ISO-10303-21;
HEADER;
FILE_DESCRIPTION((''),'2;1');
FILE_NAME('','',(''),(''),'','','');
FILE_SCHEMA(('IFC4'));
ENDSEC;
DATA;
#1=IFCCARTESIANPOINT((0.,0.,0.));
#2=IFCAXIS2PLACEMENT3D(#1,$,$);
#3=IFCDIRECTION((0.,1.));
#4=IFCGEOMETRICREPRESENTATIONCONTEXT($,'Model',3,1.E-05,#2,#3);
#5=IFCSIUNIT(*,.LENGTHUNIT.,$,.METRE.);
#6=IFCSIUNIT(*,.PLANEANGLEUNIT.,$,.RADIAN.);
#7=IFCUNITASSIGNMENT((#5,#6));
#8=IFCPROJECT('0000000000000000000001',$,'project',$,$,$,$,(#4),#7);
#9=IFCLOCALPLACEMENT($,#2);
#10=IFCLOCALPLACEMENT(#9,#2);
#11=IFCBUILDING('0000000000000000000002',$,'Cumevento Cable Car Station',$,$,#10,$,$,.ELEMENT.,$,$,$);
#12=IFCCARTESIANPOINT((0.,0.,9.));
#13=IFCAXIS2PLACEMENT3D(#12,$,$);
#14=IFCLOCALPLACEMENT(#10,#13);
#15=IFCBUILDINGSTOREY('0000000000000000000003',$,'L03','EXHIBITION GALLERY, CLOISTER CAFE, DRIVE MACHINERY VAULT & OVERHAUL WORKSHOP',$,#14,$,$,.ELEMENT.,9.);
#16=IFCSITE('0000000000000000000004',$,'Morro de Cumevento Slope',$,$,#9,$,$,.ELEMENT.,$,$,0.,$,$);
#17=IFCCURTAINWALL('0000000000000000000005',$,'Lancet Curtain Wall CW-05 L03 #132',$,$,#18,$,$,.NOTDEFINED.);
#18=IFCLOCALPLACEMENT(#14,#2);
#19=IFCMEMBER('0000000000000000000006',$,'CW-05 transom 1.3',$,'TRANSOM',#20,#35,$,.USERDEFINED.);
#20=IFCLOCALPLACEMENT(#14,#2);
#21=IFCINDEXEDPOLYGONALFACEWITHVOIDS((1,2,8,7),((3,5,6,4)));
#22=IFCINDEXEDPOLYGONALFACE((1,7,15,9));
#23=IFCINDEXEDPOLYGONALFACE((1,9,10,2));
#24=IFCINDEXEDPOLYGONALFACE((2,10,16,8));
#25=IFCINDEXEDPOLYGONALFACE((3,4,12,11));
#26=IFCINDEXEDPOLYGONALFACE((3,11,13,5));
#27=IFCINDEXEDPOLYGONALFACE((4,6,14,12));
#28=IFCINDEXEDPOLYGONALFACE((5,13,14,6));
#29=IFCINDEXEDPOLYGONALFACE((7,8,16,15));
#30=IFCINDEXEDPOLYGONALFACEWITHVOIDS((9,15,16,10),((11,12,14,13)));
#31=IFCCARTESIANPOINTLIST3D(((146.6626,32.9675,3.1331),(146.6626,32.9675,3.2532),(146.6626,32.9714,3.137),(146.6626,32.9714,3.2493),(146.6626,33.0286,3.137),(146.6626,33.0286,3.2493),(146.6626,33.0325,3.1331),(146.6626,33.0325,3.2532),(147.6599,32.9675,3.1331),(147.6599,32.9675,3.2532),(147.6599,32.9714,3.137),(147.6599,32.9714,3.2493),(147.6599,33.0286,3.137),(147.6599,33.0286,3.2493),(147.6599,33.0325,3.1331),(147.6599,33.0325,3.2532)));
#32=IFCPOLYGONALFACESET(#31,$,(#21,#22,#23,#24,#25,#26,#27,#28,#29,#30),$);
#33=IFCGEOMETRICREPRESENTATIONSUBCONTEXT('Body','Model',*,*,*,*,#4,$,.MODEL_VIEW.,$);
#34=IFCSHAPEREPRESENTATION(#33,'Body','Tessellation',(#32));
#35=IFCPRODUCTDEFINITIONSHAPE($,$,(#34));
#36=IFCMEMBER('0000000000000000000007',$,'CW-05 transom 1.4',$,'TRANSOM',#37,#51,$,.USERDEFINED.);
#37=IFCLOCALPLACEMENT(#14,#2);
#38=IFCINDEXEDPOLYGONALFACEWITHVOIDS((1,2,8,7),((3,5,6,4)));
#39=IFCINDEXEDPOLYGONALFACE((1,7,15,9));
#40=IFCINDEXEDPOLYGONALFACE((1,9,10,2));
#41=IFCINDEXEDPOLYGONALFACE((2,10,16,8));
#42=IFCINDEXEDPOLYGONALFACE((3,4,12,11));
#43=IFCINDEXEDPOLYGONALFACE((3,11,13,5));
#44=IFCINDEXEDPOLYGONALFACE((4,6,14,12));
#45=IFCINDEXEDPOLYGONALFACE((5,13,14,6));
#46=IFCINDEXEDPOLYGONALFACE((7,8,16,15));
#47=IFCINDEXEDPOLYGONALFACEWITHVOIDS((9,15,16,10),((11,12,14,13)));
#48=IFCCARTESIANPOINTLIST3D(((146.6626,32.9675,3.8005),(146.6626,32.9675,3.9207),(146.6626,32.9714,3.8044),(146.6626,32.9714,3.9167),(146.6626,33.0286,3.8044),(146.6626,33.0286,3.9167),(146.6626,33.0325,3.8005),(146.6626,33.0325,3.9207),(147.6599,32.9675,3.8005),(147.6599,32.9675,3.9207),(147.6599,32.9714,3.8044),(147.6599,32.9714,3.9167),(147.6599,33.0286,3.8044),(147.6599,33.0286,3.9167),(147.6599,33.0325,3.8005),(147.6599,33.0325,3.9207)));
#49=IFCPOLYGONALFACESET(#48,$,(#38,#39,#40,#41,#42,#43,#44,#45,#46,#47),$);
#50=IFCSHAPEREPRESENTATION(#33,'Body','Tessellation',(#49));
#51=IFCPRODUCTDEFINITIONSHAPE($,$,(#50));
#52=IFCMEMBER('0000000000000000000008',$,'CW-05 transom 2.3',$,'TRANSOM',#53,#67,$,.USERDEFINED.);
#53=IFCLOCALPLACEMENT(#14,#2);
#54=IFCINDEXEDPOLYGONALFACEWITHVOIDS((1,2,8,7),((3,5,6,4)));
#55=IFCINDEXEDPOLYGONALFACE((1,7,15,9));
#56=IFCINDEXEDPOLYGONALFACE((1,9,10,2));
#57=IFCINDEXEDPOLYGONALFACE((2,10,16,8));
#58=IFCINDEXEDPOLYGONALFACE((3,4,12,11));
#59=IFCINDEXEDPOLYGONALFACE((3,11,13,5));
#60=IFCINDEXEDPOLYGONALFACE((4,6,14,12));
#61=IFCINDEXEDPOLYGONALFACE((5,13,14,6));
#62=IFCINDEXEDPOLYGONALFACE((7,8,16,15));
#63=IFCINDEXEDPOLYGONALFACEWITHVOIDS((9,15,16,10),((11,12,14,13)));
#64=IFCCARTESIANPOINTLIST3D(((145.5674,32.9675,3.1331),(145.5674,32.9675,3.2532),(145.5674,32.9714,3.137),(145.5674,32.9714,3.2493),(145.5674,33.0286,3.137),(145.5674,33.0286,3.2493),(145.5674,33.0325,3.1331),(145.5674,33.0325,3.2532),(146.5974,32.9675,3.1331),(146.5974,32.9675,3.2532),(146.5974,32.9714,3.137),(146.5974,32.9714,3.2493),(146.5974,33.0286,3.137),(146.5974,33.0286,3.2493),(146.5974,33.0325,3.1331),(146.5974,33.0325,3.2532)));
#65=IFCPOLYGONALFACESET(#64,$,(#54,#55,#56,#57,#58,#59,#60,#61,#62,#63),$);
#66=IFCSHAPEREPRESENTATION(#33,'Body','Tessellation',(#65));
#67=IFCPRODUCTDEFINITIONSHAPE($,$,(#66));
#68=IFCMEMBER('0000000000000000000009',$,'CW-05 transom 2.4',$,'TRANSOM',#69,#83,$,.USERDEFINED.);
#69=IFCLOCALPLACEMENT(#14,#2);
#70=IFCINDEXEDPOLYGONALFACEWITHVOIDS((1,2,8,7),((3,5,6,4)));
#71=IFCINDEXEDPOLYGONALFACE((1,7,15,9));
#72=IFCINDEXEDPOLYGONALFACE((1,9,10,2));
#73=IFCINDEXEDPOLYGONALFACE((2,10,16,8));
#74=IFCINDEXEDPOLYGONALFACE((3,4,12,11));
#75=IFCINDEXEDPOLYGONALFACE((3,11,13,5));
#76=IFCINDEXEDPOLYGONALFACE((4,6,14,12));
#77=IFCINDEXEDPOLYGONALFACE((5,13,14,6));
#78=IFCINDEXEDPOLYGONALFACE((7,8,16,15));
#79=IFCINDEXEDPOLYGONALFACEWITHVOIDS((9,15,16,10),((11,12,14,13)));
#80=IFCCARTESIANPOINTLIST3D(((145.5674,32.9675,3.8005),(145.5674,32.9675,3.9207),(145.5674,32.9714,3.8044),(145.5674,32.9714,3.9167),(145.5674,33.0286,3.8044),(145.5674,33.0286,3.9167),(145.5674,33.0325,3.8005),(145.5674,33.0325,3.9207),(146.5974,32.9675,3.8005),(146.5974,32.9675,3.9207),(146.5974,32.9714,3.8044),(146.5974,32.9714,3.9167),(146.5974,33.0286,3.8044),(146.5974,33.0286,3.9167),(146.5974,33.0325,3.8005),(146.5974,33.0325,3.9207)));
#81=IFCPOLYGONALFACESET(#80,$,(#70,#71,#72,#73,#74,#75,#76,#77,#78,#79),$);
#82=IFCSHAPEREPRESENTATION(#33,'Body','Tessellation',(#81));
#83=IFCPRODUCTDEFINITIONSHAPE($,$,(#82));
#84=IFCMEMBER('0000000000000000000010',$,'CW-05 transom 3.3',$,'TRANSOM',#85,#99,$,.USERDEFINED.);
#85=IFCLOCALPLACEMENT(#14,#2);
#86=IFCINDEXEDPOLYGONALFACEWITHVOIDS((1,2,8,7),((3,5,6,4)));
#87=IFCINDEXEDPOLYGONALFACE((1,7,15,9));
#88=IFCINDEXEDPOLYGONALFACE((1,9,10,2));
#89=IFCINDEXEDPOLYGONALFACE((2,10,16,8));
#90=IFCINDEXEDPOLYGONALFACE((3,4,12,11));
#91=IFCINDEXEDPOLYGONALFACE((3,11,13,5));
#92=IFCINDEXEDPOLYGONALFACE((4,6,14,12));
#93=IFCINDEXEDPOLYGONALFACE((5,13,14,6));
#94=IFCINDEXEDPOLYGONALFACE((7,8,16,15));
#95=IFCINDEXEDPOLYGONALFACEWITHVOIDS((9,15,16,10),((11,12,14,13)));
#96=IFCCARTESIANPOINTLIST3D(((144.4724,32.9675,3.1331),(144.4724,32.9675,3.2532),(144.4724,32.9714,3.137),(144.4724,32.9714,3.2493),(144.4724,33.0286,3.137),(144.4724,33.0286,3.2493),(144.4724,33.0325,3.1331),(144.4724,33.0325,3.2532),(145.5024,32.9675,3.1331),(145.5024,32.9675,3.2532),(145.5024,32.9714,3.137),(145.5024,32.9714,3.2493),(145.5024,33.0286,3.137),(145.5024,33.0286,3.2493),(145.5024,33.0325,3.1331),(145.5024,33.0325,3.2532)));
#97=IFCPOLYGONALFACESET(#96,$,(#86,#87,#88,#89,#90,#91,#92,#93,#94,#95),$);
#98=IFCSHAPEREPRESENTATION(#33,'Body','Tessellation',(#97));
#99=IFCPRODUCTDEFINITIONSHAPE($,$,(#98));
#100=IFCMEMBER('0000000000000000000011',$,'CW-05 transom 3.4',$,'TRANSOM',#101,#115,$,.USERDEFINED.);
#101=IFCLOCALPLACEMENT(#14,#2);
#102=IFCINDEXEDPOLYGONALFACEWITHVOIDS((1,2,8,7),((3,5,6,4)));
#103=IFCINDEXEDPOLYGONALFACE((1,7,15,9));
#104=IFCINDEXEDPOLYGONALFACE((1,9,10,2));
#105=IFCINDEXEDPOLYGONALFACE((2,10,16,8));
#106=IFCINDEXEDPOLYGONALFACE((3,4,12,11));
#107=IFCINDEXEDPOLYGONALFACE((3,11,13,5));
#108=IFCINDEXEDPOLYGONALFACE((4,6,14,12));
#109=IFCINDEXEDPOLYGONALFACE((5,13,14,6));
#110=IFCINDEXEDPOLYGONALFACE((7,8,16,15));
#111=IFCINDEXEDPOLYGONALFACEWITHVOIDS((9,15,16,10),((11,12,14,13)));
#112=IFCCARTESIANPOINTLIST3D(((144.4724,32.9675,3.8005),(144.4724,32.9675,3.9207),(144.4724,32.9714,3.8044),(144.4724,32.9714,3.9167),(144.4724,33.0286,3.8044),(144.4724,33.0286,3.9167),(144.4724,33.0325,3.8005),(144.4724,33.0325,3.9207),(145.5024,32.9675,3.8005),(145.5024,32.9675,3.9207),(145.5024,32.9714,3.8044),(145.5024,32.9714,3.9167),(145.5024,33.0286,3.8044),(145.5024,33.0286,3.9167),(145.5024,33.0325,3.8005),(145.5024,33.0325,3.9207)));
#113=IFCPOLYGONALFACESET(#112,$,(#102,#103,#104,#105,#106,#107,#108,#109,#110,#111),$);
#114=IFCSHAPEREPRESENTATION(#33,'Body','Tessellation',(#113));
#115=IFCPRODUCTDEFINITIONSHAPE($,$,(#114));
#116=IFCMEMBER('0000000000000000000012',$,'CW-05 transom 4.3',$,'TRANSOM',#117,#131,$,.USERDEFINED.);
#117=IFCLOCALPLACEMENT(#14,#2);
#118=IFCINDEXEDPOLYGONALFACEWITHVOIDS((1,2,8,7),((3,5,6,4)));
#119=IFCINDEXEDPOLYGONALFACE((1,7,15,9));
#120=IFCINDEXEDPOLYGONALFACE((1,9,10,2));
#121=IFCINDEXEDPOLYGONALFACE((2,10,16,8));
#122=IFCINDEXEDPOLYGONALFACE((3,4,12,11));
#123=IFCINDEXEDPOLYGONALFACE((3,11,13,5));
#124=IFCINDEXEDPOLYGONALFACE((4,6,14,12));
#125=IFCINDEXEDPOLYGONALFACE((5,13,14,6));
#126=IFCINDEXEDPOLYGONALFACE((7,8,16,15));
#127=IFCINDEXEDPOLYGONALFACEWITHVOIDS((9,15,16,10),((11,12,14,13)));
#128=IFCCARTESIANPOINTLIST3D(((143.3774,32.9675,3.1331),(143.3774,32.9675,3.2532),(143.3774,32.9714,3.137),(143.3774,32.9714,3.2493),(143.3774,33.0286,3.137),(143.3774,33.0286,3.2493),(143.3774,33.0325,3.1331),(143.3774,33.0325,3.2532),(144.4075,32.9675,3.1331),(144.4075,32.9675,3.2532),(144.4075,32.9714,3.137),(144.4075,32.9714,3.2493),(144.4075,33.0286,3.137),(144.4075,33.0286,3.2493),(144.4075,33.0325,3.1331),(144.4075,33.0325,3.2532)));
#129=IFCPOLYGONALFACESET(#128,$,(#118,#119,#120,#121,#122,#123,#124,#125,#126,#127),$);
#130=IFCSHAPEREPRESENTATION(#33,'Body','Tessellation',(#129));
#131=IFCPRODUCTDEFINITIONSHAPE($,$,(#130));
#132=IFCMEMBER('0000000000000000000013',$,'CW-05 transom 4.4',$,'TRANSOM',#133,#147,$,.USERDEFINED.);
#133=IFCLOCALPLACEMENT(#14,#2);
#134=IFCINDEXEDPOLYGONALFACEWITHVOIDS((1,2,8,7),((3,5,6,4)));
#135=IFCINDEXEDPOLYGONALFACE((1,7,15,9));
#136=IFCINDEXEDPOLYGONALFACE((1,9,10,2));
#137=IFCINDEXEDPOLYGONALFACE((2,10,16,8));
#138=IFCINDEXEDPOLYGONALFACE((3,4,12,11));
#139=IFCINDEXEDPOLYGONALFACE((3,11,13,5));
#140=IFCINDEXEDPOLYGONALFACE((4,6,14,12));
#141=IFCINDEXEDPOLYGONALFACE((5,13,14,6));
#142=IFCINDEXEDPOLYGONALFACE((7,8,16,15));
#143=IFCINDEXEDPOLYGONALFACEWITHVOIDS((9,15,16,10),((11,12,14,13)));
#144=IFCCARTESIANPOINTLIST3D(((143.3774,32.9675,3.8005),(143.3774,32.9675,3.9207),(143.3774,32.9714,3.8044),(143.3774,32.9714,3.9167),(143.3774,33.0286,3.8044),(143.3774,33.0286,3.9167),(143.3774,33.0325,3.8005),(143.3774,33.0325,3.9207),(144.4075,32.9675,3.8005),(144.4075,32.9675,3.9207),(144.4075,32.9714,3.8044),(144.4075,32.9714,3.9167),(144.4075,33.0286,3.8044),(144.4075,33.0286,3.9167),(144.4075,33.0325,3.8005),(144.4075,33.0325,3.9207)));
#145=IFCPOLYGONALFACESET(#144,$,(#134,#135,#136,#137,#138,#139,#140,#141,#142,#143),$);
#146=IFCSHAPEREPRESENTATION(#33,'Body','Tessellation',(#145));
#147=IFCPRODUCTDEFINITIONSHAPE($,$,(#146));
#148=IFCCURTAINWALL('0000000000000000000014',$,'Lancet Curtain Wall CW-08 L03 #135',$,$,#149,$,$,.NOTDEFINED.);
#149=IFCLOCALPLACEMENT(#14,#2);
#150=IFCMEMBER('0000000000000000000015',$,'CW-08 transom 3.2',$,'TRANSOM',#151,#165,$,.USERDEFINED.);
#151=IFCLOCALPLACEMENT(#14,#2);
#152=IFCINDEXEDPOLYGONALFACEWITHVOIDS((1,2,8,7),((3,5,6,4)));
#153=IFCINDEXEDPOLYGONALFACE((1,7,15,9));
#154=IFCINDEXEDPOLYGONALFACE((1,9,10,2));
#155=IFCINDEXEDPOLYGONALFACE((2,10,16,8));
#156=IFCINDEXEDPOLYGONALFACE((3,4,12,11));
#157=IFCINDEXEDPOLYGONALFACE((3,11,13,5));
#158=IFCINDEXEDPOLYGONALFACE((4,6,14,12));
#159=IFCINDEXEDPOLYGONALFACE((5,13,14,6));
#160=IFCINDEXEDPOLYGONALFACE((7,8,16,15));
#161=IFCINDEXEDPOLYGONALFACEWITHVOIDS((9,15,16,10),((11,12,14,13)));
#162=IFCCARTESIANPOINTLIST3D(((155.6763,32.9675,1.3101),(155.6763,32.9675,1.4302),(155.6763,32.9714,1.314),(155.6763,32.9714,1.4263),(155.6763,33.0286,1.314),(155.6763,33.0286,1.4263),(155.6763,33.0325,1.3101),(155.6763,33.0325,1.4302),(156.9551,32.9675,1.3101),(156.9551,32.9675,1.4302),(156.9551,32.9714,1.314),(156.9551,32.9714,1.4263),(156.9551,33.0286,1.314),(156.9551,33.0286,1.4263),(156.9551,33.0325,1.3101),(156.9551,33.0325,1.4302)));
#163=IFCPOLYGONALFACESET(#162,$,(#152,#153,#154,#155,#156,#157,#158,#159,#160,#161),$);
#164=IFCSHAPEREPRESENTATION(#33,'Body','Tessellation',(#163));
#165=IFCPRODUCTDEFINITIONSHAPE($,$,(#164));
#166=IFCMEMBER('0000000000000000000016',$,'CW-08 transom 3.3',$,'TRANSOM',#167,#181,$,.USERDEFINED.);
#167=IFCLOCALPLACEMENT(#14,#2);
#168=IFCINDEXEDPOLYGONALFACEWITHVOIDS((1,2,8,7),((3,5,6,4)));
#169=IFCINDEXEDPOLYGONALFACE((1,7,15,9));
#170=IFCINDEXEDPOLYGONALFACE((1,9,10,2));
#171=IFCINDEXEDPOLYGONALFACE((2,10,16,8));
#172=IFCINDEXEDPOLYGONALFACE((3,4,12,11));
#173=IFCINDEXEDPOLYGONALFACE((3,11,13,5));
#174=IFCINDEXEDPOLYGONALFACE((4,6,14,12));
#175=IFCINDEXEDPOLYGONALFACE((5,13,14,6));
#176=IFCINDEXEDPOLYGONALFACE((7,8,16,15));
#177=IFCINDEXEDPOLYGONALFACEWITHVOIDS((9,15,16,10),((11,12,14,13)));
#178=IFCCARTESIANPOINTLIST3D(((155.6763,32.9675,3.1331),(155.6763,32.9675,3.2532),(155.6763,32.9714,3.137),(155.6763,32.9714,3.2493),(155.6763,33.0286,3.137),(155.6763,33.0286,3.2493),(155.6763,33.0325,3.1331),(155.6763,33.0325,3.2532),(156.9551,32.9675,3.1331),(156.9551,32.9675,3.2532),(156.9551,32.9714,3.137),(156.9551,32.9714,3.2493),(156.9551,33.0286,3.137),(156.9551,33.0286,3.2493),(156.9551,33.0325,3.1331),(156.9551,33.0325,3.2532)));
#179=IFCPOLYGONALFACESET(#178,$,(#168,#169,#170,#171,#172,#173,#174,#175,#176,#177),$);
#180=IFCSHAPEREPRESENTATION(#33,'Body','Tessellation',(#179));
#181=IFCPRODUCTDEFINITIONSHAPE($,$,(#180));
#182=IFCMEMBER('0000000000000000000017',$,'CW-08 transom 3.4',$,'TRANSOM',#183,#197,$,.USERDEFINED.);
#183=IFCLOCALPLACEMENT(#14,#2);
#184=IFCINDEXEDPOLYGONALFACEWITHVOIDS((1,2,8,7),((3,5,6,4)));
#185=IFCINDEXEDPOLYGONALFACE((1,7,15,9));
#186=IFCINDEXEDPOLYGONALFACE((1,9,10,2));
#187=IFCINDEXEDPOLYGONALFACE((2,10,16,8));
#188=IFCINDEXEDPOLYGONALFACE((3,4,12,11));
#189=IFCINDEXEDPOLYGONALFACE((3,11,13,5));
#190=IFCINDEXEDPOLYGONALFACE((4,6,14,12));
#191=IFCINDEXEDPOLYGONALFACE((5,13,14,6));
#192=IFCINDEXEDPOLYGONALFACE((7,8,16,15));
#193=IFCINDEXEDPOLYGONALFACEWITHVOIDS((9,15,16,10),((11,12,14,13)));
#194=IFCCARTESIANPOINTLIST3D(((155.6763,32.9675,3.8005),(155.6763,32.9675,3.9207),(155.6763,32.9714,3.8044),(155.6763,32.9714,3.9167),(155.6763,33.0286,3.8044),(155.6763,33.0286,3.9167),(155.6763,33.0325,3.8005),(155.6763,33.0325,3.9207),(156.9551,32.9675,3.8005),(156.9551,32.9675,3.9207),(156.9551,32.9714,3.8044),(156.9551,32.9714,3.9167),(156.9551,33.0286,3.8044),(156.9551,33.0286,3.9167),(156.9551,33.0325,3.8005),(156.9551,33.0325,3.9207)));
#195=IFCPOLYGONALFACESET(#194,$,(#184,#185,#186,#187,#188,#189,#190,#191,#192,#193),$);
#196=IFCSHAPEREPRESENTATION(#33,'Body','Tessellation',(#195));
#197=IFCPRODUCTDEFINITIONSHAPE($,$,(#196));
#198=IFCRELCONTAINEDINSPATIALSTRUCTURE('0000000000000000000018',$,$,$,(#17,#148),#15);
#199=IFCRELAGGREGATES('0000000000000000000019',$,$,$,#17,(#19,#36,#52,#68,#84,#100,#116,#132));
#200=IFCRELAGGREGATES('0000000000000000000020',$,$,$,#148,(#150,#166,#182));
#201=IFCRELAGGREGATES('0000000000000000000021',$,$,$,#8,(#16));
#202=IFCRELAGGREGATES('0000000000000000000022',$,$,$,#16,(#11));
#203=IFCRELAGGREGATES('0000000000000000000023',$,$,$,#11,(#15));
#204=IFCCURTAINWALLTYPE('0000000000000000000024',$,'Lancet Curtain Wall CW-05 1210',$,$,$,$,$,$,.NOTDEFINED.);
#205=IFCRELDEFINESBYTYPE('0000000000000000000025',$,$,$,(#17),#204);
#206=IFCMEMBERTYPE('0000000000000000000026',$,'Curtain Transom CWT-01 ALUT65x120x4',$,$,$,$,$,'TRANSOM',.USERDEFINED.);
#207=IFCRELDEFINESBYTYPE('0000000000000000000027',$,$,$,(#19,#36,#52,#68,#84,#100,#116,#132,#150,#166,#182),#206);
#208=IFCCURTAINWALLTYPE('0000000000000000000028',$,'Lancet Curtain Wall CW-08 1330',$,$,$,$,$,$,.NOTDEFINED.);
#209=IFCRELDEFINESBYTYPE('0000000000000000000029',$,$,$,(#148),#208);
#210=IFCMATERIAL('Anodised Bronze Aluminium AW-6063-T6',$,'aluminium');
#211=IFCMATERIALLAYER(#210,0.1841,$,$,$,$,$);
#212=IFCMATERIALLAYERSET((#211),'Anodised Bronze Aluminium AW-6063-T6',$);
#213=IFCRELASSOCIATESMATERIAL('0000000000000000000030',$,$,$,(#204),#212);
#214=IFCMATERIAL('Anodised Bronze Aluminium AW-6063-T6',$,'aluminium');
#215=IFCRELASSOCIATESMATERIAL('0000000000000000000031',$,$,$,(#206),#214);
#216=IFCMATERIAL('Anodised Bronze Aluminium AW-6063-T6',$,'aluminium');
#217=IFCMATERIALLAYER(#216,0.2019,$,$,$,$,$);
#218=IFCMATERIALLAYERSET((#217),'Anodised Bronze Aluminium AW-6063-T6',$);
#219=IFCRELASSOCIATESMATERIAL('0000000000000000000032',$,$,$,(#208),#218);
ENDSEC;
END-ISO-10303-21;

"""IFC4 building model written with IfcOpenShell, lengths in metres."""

from ifc_helpers import new_model, si_unit, direction, frame, origin, origin_2d, place, context, subcontext, project, spatial, hollow_rectangle, extrude, material, layer, layer_set, material_profile, profile_set, type_object, element, aggregate, save


model = new_model("IFC4")

# Units and contexts
model_context = context("Model", 3, precision=1e-05, world=origin(), true_north=direction((0.0, 1.0)))
body_context = subcontext(model_context, "Body", "Model", "MODEL_VIEW")
ifc_project = project(units=[si_unit("LENGTHUNIT", "METRE"), si_unit("PLANEANGLEUNIT", "RADIAN")], contexts=[model_context])

# Site, building, storey
site_placement = place(None, origin())
site = spatial("IfcSite", under=ifc_project, at=site_placement, Name="Morro de Cumevento Slope", CompositionType="ELEMENT", RefElevation=0.0)
building_placement = place(site_placement, origin())
building = spatial("IfcBuilding", under=site, at=building_placement, Name="Cumevento Cable Car Station", CompositionType="ELEMENT")
storey_placement = place(building_placement, frame((0.0, 0.0, 9.0)))
storey = spatial("IfcBuildingStorey", under=building, at=storey_placement, Name="L03", Description="EXHIBITION GALLERY, CLOISTER CAFE, DRIVE MACHINERY VAULT & OVERHAUL WORKSHOP", CompositionType="ELEMENT", Elevation=9.0)

# Curtain walls, members
ifc_material_1 = material(Name="Anodised Bronze Aluminium AW-6063-T6", Category="aluminium")
ifc_layer_1 = layer(ifc_material_1, 0.1841)
ifc_layer_set_1 = layer_set([ifc_layer_1], Name="Anodised Bronze Aluminium AW-6063-T6")
curtain_wall_type_1 = type_object("IfcCurtainWallType", Name="Lancet Curtain Wall CW-05 1210", PredefinedType="NOTDEFINED", material=ifc_layer_set_1)
curtain_wall_1_placement = place(storey_placement, origin())
curtain_wall_1 = element("IfcCurtainWall", 1, at=curtain_wall_1_placement, inside=storey, type_object=curtain_wall_type_1, Name="Lancet Curtain Wall CW-05 L03 #132", PredefinedType="NOTDEFINED")
ifc_material_2 = material(Name="Anodised Bronze Aluminium AW-6063-T6", Category="aluminium")
ifc_material_profile_1 = material_profile(ifc_material_2, hollow_rectangle(XDim=0.0649, YDim=0.1201, WallThickness=0.0039, at=origin_2d()), Name="ALUT65x120x4")
ifc_profile_set_1 = profile_set([ifc_material_profile_1], Name="Anodised Bronze Aluminium AW-6063-T6")
member_type = type_object("IfcMemberType", Name="Curtain Transom CWT-01 ALUT65x120x4", ElementType="TRANSOM", PredefinedType="USERDEFINED", material=ifc_profile_set_1)
member_1_placement = place(storey_placement, frame((147.6599, 33.0, 3.1931), z_axis=(-1.0, 0.0, 0.0), x_axis=(0.0, -1.0, 0.0)))
member_1 = element("IfcMember", 2, at=member_1_placement, type_object=member_type, Name="CW-05 transom 1.3", ObjectType="TRANSOM", PredefinedType="USERDEFINED", context=body_context, shape_type="SweptSolid", body=[
    extrude(hollow_rectangle(XDim=0.0649, YDim=0.1201, WallThickness=0.0039, at=origin_2d()), origin(), (0.0, 0.0, 1.0), 0.9973),
])
member_2_placement = place(storey_placement, frame((147.6599, 33.0, 3.8606), z_axis=(-1.0, 0.0, 0.0), x_axis=(0.0, -1.0, 0.0)))
member_2 = element("IfcMember", 3, at=member_2_placement, type_object=member_type, Name="CW-05 transom 1.4", ObjectType="TRANSOM", PredefinedType="USERDEFINED", context=body_context, shape_type="SweptSolid", body=[
    extrude(hollow_rectangle(XDim=0.0649, YDim=0.1201, WallThickness=0.0039, at=origin_2d()), origin(), (0.0, 0.0, 1.0), 0.9973),
])
member_3_placement = place(storey_placement, frame((146.5974, 33.0, 3.1931), z_axis=(-1.0, 0.0, 0.0), x_axis=(0.0, -1.0, 0.0)))
member_3 = element("IfcMember", 4, at=member_3_placement, type_object=member_type, Name="CW-05 transom 2.3", ObjectType="TRANSOM", PredefinedType="USERDEFINED", context=body_context, shape_type="SweptSolid", body=[
    extrude(hollow_rectangle(XDim=0.0649, YDim=0.1201, WallThickness=0.0039, at=origin_2d()), origin(), (0.0, 0.0, 1.0), 1.03),
])
member_4_placement = place(storey_placement, frame((146.5974, 33.0, 3.8606), z_axis=(-1.0, 0.0, 0.0), x_axis=(0.0, -1.0, 0.0)))
member_4 = element("IfcMember", 5, at=member_4_placement, type_object=member_type, Name="CW-05 transom 2.4", ObjectType="TRANSOM", PredefinedType="USERDEFINED", context=body_context, shape_type="SweptSolid", body=[
    extrude(hollow_rectangle(XDim=0.0649, YDim=0.1201, WallThickness=0.0039, at=origin_2d()), origin(), (0.0, 0.0, 1.0), 1.03),
])
member_5_placement = place(storey_placement, frame((145.5024, 33.0, 3.1931), z_axis=(-1.0, 0.0, 0.0), x_axis=(0.0, -1.0, 0.0)))
member_5 = element("IfcMember", 6, at=member_5_placement, type_object=member_type, Name="CW-05 transom 3.3", ObjectType="TRANSOM", PredefinedType="USERDEFINED", context=body_context, shape_type="SweptSolid", body=[
    extrude(hollow_rectangle(XDim=0.0649, YDim=0.1201, WallThickness=0.0039, at=origin_2d()), origin(), (0.0, 0.0, 1.0), 1.03),
])
member_6_placement = place(storey_placement, frame((145.5024, 33.0, 3.8606), z_axis=(-1.0, 0.0, 0.0), x_axis=(0.0, -1.0, 0.0)))
member_6 = element("IfcMember", 7, at=member_6_placement, type_object=member_type, Name="CW-05 transom 3.4", ObjectType="TRANSOM", PredefinedType="USERDEFINED", context=body_context, shape_type="SweptSolid", body=[
    extrude(hollow_rectangle(XDim=0.0649, YDim=0.1201, WallThickness=0.0039, at=origin_2d()), origin(), (0.0, 0.0, 1.0), 1.03),
])
member_7_placement = place(storey_placement, frame((144.4075, 33.0, 3.1931), z_axis=(-1.0, 0.0, 0.0), x_axis=(0.0, -1.0, 0.0)))
member_7 = element("IfcMember", 8, at=member_7_placement, type_object=member_type, Name="CW-05 transom 4.3", ObjectType="TRANSOM", PredefinedType="USERDEFINED", context=body_context, shape_type="SweptSolid", body=[
    extrude(hollow_rectangle(XDim=0.0649, YDim=0.1201, WallThickness=0.0039, at=origin_2d()), origin(), (0.0, 0.0, 1.0), 1.03),
])
member_8_placement = place(storey_placement, frame((144.4075, 33.0, 3.8606), z_axis=(-1.0, 0.0, 0.0), x_axis=(0.0, -1.0, 0.0)))
member_8 = element("IfcMember", 9, at=member_8_placement, type_object=member_type, Name="CW-05 transom 4.4", ObjectType="TRANSOM", PredefinedType="USERDEFINED", context=body_context, shape_type="SweptSolid", body=[
    extrude(hollow_rectangle(XDim=0.0649, YDim=0.1201, WallThickness=0.0039, at=origin_2d()), origin(), (0.0, 0.0, 1.0), 1.03),
])
ifc_material_3 = material(Name="Anodised Bronze Aluminium AW-6063-T6", Category="aluminium")
ifc_layer_2 = layer(ifc_material_3, 0.2019)
ifc_layer_set_2 = layer_set([ifc_layer_2], Name="Anodised Bronze Aluminium AW-6063-T6")
curtain_wall_type_2 = type_object("IfcCurtainWallType", Name="Lancet Curtain Wall CW-08 1330", PredefinedType="NOTDEFINED", material=ifc_layer_set_2)
curtain_wall_2_placement = place(storey_placement, origin())
curtain_wall_2 = element("IfcCurtainWall", 10, at=curtain_wall_2_placement, inside=storey, type_object=curtain_wall_type_2, Name="Lancet Curtain Wall CW-08 L03 #135", PredefinedType="NOTDEFINED")
member_9_placement = place(storey_placement, frame((156.9551, 33.0, 1.3701), z_axis=(-1.0, 0.0, 0.0), x_axis=(0.0, -1.0, 0.0)))
member_9 = element("IfcMember", 11, at=member_9_placement, type_object=member_type, Name="CW-08 transom 3.2", ObjectType="TRANSOM", PredefinedType="USERDEFINED", context=body_context, shape_type="SweptSolid", body=[
    extrude(hollow_rectangle(XDim=0.0649, YDim=0.1201, WallThickness=0.0039, at=origin_2d()), origin(), (0.0, 0.0, 1.0), 1.2788),
])
member_10_placement = place(storey_placement, frame((156.9551, 33.0, 3.1931), z_axis=(-1.0, 0.0, 0.0), x_axis=(0.0, -1.0, 0.0)))
member_10 = element("IfcMember", 12, at=member_10_placement, type_object=member_type, Name="CW-08 transom 3.3", ObjectType="TRANSOM", PredefinedType="USERDEFINED", context=body_context, shape_type="SweptSolid", body=[
    extrude(hollow_rectangle(XDim=0.0649, YDim=0.1201, WallThickness=0.0039, at=origin_2d()), origin(), (0.0, 0.0, 1.0), 1.2788),
])
member_11_placement = place(storey_placement, frame((156.9551, 33.0, 3.8606), z_axis=(-1.0, 0.0, 0.0), x_axis=(0.0, -1.0, 0.0)))
member_11 = element("IfcMember", 13, at=member_11_placement, type_object=member_type, Name="CW-08 transom 3.4", ObjectType="TRANSOM", PredefinedType="USERDEFINED", context=body_context, shape_type="SweptSolid", body=[
    extrude(hollow_rectangle(XDim=0.0649, YDim=0.1201, WallThickness=0.0039, at=origin_2d()), origin(), (0.0, 0.0, 1.0), 1.2788),
])

aggregate(curtain_wall_1, [member_1, member_2, member_3, member_4, member_5, member_6, member_7, member_8])
aggregate(curtain_wall_2, [member_9, member_10, member_11])

save(model, "model.ifc")
